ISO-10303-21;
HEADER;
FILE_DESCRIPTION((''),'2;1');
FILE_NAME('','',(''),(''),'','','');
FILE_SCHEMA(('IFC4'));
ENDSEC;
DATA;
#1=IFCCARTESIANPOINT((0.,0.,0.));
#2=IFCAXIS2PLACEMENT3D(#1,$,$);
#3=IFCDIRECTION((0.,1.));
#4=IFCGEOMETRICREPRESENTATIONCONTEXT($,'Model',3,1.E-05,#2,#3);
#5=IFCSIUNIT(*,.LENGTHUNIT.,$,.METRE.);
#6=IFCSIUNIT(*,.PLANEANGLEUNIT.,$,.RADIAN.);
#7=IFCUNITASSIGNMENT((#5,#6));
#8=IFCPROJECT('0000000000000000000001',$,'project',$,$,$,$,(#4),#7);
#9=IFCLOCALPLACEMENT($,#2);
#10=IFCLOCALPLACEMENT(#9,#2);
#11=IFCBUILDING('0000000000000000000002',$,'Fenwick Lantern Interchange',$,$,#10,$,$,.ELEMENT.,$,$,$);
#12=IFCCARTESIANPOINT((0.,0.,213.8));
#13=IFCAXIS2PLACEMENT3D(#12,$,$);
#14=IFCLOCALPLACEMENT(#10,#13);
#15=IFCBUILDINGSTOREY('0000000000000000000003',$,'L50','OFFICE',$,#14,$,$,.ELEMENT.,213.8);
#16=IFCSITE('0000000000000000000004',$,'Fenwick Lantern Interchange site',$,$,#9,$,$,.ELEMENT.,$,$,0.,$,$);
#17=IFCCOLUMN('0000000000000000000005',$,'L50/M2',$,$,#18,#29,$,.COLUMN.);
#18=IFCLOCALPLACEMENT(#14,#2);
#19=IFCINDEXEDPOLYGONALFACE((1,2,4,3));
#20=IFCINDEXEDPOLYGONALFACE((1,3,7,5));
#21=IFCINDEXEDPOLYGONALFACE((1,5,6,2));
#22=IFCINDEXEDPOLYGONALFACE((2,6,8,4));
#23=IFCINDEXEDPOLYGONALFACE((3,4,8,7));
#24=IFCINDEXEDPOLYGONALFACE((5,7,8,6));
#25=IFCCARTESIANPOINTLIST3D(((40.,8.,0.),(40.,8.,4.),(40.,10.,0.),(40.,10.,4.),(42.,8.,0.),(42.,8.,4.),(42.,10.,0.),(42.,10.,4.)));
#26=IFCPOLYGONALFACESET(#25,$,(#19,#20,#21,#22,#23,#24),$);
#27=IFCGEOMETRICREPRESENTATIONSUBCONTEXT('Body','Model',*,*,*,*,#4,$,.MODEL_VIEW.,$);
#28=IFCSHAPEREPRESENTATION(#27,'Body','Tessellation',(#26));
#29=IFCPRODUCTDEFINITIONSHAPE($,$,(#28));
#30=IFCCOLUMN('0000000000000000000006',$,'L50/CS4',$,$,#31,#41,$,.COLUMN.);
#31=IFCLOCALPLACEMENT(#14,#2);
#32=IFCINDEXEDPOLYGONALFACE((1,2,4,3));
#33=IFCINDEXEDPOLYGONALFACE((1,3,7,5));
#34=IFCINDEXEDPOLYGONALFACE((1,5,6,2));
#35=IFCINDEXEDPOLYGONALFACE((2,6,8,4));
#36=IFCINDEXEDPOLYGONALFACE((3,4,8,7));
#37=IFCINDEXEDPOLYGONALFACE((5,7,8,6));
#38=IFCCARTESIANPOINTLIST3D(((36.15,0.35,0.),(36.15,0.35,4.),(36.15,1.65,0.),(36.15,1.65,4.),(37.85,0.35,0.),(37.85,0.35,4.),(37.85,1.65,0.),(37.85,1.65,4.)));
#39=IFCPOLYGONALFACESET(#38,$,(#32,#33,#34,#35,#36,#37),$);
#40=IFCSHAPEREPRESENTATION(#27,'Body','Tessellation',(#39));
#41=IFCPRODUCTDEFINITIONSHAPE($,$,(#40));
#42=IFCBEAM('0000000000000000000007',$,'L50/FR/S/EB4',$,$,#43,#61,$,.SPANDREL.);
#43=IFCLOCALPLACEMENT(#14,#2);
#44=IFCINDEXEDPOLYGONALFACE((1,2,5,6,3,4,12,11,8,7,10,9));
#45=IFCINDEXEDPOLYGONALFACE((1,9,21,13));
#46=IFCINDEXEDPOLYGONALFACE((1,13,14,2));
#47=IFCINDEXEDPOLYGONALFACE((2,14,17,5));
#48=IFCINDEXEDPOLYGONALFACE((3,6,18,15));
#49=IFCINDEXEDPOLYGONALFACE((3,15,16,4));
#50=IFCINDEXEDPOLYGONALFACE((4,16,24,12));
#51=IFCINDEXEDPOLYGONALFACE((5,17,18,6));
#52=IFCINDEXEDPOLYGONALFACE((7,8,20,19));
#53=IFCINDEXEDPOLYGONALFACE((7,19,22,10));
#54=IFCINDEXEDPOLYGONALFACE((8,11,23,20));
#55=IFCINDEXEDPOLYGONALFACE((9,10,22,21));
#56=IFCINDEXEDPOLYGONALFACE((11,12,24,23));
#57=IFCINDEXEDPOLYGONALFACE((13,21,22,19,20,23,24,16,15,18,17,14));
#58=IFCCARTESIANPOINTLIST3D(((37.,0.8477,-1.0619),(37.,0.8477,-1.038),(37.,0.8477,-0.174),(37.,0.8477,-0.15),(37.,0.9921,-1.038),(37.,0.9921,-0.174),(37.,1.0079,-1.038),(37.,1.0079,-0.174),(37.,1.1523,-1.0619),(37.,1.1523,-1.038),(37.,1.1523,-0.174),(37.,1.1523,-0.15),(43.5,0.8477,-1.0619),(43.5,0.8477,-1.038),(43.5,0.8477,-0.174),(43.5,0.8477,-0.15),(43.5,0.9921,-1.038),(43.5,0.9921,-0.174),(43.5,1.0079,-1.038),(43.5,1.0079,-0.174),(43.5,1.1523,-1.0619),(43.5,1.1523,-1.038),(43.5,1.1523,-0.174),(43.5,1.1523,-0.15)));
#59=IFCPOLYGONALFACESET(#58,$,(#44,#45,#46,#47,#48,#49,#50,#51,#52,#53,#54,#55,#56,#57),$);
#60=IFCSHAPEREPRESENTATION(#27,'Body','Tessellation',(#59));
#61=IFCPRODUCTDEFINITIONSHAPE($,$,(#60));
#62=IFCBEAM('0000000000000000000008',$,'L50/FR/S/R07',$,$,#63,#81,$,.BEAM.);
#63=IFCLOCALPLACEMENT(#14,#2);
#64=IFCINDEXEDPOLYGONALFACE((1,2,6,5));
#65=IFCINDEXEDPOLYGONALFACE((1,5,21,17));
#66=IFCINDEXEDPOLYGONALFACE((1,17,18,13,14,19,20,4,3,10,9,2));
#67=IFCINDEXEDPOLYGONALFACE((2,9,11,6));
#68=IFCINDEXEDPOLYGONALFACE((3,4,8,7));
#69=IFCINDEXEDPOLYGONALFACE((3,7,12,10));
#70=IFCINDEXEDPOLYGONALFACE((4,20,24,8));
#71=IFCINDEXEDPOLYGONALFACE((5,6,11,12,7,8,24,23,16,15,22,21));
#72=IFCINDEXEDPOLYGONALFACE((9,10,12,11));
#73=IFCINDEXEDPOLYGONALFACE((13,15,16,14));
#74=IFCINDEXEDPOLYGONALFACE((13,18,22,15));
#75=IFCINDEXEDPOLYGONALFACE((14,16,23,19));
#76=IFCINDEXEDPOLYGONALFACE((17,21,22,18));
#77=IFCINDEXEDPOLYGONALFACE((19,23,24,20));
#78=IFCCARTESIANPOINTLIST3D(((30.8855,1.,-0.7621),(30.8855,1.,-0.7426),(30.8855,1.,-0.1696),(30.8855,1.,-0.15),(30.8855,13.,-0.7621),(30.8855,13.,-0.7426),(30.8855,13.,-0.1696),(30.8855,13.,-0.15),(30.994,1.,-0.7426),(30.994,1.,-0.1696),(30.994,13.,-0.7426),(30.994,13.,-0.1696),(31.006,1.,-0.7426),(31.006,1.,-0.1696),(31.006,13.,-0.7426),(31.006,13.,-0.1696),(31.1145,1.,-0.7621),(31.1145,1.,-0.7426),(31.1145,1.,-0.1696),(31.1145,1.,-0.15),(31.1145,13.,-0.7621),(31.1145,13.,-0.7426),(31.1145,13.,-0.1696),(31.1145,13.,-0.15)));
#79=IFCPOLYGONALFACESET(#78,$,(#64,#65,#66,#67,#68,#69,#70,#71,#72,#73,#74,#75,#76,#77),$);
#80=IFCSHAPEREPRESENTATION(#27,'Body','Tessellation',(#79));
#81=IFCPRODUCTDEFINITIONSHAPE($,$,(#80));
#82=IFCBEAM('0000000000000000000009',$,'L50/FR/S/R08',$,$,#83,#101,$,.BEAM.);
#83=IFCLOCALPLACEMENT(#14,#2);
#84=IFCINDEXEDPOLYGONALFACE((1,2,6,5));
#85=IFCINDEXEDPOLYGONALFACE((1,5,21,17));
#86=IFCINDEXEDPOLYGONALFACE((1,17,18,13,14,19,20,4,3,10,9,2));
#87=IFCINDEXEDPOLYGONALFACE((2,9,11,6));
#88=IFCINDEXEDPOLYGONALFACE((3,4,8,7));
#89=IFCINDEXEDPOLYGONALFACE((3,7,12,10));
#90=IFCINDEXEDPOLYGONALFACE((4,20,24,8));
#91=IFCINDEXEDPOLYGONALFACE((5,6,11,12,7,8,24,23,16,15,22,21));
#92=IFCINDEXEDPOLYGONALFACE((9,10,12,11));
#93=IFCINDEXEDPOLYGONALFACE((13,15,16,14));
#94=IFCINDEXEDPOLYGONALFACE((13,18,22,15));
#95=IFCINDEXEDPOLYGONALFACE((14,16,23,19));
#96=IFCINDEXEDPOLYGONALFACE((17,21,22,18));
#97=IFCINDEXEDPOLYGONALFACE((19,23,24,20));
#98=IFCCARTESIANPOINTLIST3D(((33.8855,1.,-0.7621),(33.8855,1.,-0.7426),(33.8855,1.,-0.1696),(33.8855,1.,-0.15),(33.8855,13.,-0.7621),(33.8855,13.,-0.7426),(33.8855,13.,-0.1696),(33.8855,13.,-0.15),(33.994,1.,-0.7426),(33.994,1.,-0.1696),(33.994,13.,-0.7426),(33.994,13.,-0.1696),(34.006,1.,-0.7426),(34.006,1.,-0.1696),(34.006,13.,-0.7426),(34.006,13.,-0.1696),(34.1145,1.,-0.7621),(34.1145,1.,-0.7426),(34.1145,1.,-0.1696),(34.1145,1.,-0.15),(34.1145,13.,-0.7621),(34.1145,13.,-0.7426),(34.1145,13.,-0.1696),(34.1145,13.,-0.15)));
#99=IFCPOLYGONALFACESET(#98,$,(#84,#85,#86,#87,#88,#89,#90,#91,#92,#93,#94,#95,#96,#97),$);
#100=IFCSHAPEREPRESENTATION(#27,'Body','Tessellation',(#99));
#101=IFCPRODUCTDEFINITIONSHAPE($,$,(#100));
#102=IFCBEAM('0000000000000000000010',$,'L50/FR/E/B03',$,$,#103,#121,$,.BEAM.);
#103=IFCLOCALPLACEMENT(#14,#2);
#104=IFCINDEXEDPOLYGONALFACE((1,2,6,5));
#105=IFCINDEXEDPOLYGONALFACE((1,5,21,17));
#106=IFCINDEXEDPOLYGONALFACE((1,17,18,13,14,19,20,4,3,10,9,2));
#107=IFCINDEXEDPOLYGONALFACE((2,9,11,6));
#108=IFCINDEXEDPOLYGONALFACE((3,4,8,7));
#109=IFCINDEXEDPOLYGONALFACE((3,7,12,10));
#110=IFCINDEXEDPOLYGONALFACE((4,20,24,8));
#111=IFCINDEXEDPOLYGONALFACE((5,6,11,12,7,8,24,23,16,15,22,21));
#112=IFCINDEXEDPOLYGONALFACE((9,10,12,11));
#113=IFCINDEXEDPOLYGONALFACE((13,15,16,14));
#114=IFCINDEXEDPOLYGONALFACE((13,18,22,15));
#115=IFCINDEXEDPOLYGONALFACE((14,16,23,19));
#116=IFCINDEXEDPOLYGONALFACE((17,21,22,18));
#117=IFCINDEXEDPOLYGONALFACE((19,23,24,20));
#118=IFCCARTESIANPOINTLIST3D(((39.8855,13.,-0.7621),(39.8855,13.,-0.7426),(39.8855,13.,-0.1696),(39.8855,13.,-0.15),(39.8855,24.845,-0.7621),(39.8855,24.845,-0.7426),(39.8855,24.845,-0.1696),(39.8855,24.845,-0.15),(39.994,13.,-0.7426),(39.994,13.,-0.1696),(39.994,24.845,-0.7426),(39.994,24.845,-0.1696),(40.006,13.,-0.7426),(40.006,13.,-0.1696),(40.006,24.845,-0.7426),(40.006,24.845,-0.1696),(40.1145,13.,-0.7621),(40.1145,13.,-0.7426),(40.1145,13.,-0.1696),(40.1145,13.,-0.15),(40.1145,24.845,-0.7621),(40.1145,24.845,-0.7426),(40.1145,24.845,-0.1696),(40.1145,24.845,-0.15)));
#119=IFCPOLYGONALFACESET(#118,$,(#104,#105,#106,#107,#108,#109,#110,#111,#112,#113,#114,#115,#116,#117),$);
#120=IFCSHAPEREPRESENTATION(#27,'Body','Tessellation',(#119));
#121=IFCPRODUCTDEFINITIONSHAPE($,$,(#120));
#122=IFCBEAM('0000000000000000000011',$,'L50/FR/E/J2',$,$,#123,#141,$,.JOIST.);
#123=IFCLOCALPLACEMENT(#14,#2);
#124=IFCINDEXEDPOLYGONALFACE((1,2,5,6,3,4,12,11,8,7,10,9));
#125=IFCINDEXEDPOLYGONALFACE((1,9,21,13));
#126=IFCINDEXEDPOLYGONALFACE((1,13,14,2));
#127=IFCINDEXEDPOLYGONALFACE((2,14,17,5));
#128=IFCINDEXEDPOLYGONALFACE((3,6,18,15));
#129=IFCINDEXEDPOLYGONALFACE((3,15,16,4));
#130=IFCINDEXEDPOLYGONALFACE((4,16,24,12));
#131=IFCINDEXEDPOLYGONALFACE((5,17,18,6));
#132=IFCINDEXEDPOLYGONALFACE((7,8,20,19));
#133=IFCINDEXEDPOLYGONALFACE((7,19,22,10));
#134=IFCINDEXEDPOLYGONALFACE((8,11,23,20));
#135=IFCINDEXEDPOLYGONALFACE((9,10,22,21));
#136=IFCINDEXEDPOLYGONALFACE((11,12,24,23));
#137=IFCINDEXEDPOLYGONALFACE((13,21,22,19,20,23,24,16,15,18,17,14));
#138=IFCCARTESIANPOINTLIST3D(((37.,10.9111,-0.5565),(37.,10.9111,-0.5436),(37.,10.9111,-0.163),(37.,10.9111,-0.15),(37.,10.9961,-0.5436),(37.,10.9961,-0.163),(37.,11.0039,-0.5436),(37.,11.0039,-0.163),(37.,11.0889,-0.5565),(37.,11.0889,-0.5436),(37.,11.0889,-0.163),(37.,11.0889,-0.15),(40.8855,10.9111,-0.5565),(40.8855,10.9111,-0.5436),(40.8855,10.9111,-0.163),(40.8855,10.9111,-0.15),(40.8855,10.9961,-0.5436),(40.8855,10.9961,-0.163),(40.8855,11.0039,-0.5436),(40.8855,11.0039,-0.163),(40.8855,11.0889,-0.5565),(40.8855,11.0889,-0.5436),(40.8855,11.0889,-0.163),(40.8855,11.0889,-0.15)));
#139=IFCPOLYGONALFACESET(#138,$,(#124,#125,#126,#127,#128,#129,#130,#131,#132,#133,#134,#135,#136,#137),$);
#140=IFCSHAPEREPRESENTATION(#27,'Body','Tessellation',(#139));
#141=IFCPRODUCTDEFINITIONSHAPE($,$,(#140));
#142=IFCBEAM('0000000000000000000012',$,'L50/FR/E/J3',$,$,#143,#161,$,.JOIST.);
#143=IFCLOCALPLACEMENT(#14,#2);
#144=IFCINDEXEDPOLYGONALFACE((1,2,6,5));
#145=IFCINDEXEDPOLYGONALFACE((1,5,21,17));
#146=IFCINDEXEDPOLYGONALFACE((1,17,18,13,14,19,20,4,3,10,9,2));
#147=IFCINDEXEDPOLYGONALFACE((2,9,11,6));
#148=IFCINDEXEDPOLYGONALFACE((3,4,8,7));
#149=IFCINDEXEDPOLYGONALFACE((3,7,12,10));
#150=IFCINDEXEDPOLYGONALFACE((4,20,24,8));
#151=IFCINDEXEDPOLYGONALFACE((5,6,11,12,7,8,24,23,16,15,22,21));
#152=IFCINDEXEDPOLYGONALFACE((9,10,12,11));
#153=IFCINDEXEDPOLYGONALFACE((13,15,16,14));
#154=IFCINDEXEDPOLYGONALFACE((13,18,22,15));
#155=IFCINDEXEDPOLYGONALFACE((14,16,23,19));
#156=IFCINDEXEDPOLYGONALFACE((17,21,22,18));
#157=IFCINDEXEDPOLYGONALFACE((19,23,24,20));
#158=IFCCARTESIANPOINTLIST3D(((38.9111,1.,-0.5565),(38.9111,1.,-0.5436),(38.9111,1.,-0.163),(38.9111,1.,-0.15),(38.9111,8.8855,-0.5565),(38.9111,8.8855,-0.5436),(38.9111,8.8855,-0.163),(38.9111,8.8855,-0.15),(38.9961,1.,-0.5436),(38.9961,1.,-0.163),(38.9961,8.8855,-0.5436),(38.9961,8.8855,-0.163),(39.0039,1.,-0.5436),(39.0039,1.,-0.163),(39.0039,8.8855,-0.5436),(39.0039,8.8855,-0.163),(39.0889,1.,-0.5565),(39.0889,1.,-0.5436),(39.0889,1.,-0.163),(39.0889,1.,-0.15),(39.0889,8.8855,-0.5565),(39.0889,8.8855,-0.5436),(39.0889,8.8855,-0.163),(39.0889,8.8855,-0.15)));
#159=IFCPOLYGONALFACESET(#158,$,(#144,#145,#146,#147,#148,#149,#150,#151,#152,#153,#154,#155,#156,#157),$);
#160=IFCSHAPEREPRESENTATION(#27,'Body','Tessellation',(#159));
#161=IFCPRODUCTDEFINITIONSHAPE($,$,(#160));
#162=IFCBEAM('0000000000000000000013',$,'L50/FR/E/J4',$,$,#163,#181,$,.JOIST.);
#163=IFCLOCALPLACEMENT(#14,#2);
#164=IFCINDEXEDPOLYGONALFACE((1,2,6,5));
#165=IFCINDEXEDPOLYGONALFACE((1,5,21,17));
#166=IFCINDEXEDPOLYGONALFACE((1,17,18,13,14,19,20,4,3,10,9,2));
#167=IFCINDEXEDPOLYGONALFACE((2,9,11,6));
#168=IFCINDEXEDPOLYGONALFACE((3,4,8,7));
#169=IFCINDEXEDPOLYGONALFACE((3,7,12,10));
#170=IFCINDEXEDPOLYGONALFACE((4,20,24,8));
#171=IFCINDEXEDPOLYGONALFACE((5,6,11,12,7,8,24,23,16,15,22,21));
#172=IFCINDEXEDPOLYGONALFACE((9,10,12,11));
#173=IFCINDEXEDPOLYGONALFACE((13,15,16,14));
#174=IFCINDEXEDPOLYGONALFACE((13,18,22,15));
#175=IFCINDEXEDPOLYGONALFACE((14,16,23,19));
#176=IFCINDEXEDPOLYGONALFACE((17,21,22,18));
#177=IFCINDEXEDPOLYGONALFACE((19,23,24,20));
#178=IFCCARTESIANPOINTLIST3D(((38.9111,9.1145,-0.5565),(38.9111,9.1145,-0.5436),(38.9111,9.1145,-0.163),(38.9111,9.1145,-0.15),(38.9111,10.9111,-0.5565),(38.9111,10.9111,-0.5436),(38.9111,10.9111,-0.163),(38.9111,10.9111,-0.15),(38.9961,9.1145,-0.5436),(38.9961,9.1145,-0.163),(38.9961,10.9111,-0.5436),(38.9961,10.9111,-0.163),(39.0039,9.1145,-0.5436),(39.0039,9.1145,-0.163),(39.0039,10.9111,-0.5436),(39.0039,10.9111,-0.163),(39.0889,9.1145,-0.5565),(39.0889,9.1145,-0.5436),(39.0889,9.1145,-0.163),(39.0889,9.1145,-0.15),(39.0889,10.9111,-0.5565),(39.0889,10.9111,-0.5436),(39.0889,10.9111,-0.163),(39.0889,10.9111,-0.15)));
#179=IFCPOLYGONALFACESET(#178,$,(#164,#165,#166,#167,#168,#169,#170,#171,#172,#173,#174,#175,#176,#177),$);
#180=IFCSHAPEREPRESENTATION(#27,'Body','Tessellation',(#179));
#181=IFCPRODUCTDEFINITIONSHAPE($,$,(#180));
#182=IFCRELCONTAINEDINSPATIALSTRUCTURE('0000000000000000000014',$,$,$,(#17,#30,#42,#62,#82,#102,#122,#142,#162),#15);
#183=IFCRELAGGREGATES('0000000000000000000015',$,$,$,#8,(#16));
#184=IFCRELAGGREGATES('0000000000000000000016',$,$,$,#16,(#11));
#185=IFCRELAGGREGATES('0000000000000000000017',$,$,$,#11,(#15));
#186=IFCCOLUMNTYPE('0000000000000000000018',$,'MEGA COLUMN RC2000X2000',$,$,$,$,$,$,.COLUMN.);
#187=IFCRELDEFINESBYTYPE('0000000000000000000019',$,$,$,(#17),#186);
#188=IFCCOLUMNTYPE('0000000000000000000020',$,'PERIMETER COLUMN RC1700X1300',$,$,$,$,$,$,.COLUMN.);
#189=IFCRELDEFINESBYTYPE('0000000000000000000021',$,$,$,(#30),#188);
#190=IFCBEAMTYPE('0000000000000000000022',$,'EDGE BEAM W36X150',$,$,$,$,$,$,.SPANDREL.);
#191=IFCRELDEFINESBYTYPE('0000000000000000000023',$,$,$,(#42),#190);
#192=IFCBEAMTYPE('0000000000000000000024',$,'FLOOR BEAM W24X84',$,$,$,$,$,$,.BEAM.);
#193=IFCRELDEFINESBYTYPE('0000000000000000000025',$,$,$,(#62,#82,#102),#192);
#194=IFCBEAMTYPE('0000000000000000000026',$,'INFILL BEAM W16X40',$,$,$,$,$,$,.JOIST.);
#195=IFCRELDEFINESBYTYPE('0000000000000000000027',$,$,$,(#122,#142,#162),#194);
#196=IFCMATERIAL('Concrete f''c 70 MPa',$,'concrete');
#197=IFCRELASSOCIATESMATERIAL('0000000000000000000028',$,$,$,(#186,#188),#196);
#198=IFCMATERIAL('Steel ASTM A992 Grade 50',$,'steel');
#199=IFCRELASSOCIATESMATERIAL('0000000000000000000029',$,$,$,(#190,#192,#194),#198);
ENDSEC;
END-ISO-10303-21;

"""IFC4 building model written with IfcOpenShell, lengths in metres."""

from ifc_helpers import new_model, si_unit, direction, frame, origin, origin_2d, place, context, subcontext, project, spatial, rectangle, i_section, extrude, material, material_profile, profile_set, type_object, element, save


model = new_model("IFC4")

# Units and contexts
model_context = context("Model", 3, precision=1e-05, world=origin(), true_north=direction((0.0, 1.0)))
body_context = subcontext(model_context, "Body", "Model", "MODEL_VIEW")
ifc_project = project(units=[si_unit("LENGTHUNIT", "METRE"), si_unit("PLANEANGLEUNIT", "RADIAN")], contexts=[model_context])

# Site, building, storey
site_placement = place(None, origin())
site = spatial("IfcSite", under=ifc_project, at=site_placement, Name="Fenwick Lantern Interchange site", CompositionType="ELEMENT", RefElevation=0.0)
building_placement = place(site_placement, origin())
building = spatial("IfcBuilding", under=site, at=building_placement, Name="Fenwick Lantern Interchange", CompositionType="ELEMENT")
storey_placement = place(building_placement, frame((0.0, 0.0, 213.8)))
storey = spatial("IfcBuildingStorey", under=building, at=storey_placement, Name="L50", Description="OFFICE", CompositionType="ELEMENT", Elevation=213.8)

# Columns
ifc_material_1 = material(Name="Concrete f'c 70 MPa", Category="concrete")
ifc_material_profile_1 = material_profile(ifc_material_1, rectangle(XDim=2.0, YDim=2.0, at=origin_2d()), Name="RC2000X2000")
ifc_profile_set_1 = profile_set([ifc_material_profile_1], Name="Concrete f'c 70 MPa")
column_type_1 = type_object("IfcColumnType", Name="MEGA COLUMN RC2000X2000", PredefinedType="COLUMN", material=ifc_profile_set_1)
column_1_placement = place(storey_placement, frame((41.0, 9.0, 0.0), z_axis=(0.0, 0.0, 1.0), x_axis=(1.0, 0.0, 0.0)))
element("IfcColumn", 1, at=column_1_placement, inside=storey, type_object=column_type_1, Name="L50/M2", PredefinedType="COLUMN", context=body_context, shape_type="SweptSolid", body=[
    extrude(rectangle(XDim=2.0, YDim=2.0, at=origin_2d()), origin(), (0.0, 0.0, 1.0), 4.0),
])
ifc_material_profile_2 = material_profile(ifc_material_1, rectangle(XDim=1.7, YDim=1.3, at=origin_2d()), Name="RC1700X1300")
ifc_profile_set_2 = profile_set([ifc_material_profile_2], Name="Concrete f'c 70 MPa")
column_type_2 = type_object("IfcColumnType", Name="PERIMETER COLUMN RC1700X1300", PredefinedType="COLUMN", material=ifc_profile_set_2)
column_2_placement = place(storey_placement, frame((37.0, 1.0, 0.0), z_axis=(0.0, 0.0, 1.0), x_axis=(1.0, 0.0, 0.0)))
element("IfcColumn", 2, at=column_2_placement, inside=storey, type_object=column_type_2, Name="L50/CS4", PredefinedType="COLUMN", context=body_context, shape_type="SweptSolid", body=[
    extrude(rectangle(XDim=1.7, YDim=1.3, at=origin_2d()), origin(), (0.0, 0.0, 1.0), 4.0),
])

# Beams
ifc_material_2 = material(Name="Steel ASTM A992 Grade 50", Category="steel")
ifc_material_profile_3 = material_profile(ifc_material_2, i_section(OverallWidth=0.3047, OverallDepth=0.9119, WebThickness=0.0159, FlangeThickness=0.0239, at=origin_2d()), Name="W36X150")
ifc_profile_set_3 = profile_set([ifc_material_profile_3], Name="Steel ASTM A992 Grade 50")
beam_type_1 = type_object("IfcBeamType", Name="EDGE BEAM W36X150", PredefinedType="SPANDREL", material=ifc_profile_set_3)
beam_1_placement = place(storey_placement, frame((37.0, 1.0, -0.606), z_axis=(1.0, 0.0, 0.0), x_axis=(0.0, 1.0, 0.0)))
element("IfcBeam", 3, at=beam_1_placement, inside=storey, type_object=beam_type_1, Name="L50/FR/S/EB4", PredefinedType="SPANDREL", context=body_context, shape_type="SweptSolid", body=[
    extrude(i_section(OverallWidth=0.3047, OverallDepth=0.9119, WebThickness=0.0159, FlangeThickness=0.0239, at=origin_2d()), origin(), (0.0, 0.0, 1.0), 6.5),
])
ifc_material_profile_4 = material_profile(ifc_material_2, i_section(OverallWidth=0.229, OverallDepth=0.6121, WebThickness=0.012, FlangeThickness=0.0195, at=origin_2d()), Name="W24X84")
ifc_profile_set_4 = profile_set([ifc_material_profile_4], Name="Steel ASTM A992 Grade 50")
beam_type_2 = type_object("IfcBeamType", Name="FLOOR BEAM W24X84", PredefinedType="BEAM", material=ifc_profile_set_4)
for number, where, z_axis, x_axis, name in (
    (4, (31.0, 1.0, -0.4561), (0.0, 1.0, 0.0), (-1.0, 0.0, 0.0), "L50/FR/S/R07"),
    (5, (34.0, 1.0, -0.4561), (0.0, 1.0, 0.0), (-1.0, 0.0, 0.0), "L50/FR/S/R08"),
):
    element("IfcBeam", number, at=place(storey_placement, frame(where, z_axis=z_axis, x_axis=x_axis)), inside=storey, type_object=beam_type_2, Name=name, PredefinedType="BEAM", context=body_context, shape_type="SweptSolid", body=[
        extrude(i_section(OverallWidth=0.229, OverallDepth=0.6121, WebThickness=0.012, FlangeThickness=0.0195, at=origin_2d()), origin(), (0.0, 0.0, 1.0), 12.0),
    ])
beam_2_placement = place(storey_placement, frame((40.0, 13.0, -0.4561), z_axis=(0.0, 1.0, 0.0), x_axis=(-1.0, 0.0, 0.0)))
element("IfcBeam", 6, at=beam_2_placement, inside=storey, type_object=beam_type_2, Name="L50/FR/E/B03", PredefinedType="BEAM", context=body_context, shape_type="SweptSolid", body=[
    extrude(i_section(OverallWidth=0.229, OverallDepth=0.6121, WebThickness=0.012, FlangeThickness=0.0195, at=origin_2d()), origin(), (0.0, 0.0, 1.0), 11.845),
])
ifc_material_profile_5 = material_profile(ifc_material_2, i_section(OverallWidth=0.1777, OverallDepth=0.4065, WebThickness=0.0078, FlangeThickness=0.0129, at=origin_2d()), Name="W16X40")
ifc_profile_set_5 = profile_set([ifc_material_profile_5], Name="Steel ASTM A992 Grade 50")
beam_type_3 = type_object("IfcBeamType", Name="INFILL BEAM W16X40", PredefinedType="JOIST", material=ifc_profile_set_5)
beam_3_placement = place(storey_placement, frame((40.8855, 11.0, -0.3533), z_axis=(-1.0, 0.0, 0.0), x_axis=(0.0, -1.0, 0.0)))
element("IfcBeam", 7, at=beam_3_placement, inside=storey, type_object=beam_type_3, Name="L50/FR/E/J2", PredefinedType="JOIST", context=body_context, shape_type="SweptSolid", body=[
    extrude(i_section(OverallWidth=0.1777, OverallDepth=0.4065, WebThickness=0.0078, FlangeThickness=0.0129, at=origin_2d()), origin(), (0.0, 0.0, 1.0), 3.8855),
])
beam_4_placement = place(storey_placement, frame((39.0, 1.0, -0.3533), z_axis=(0.0, 1.0, 0.0), x_axis=(-1.0, 0.0, 0.0)))
element("IfcBeam", 8, at=beam_4_placement, inside=storey, type_object=beam_type_3, Name="L50/FR/E/J3", PredefinedType="JOIST", context=body_context, shape_type="SweptSolid", body=[
    extrude(i_section(OverallWidth=0.1777, OverallDepth=0.4065, WebThickness=0.0078, FlangeThickness=0.0129, at=origin_2d()), origin(), (0.0, 0.0, 1.0), 7.8855),
])
beam_5_placement = place(storey_placement, frame((39.0, 9.1145, -0.3533), z_axis=(0.0, 1.0, 0.0), x_axis=(-1.0, 0.0, 0.0)))
element("IfcBeam", 9, at=beam_5_placement, inside=storey, type_object=beam_type_3, Name="L50/FR/E/J4", PredefinedType="JOIST", context=body_context, shape_type="SweptSolid", body=[
    extrude(i_section(OverallWidth=0.1777, OverallDepth=0.4065, WebThickness=0.0078, FlangeThickness=0.0129, at=origin_2d()), origin(), (0.0, 0.0, 1.0), 1.7966),
])

save(model, "model.ifc")
